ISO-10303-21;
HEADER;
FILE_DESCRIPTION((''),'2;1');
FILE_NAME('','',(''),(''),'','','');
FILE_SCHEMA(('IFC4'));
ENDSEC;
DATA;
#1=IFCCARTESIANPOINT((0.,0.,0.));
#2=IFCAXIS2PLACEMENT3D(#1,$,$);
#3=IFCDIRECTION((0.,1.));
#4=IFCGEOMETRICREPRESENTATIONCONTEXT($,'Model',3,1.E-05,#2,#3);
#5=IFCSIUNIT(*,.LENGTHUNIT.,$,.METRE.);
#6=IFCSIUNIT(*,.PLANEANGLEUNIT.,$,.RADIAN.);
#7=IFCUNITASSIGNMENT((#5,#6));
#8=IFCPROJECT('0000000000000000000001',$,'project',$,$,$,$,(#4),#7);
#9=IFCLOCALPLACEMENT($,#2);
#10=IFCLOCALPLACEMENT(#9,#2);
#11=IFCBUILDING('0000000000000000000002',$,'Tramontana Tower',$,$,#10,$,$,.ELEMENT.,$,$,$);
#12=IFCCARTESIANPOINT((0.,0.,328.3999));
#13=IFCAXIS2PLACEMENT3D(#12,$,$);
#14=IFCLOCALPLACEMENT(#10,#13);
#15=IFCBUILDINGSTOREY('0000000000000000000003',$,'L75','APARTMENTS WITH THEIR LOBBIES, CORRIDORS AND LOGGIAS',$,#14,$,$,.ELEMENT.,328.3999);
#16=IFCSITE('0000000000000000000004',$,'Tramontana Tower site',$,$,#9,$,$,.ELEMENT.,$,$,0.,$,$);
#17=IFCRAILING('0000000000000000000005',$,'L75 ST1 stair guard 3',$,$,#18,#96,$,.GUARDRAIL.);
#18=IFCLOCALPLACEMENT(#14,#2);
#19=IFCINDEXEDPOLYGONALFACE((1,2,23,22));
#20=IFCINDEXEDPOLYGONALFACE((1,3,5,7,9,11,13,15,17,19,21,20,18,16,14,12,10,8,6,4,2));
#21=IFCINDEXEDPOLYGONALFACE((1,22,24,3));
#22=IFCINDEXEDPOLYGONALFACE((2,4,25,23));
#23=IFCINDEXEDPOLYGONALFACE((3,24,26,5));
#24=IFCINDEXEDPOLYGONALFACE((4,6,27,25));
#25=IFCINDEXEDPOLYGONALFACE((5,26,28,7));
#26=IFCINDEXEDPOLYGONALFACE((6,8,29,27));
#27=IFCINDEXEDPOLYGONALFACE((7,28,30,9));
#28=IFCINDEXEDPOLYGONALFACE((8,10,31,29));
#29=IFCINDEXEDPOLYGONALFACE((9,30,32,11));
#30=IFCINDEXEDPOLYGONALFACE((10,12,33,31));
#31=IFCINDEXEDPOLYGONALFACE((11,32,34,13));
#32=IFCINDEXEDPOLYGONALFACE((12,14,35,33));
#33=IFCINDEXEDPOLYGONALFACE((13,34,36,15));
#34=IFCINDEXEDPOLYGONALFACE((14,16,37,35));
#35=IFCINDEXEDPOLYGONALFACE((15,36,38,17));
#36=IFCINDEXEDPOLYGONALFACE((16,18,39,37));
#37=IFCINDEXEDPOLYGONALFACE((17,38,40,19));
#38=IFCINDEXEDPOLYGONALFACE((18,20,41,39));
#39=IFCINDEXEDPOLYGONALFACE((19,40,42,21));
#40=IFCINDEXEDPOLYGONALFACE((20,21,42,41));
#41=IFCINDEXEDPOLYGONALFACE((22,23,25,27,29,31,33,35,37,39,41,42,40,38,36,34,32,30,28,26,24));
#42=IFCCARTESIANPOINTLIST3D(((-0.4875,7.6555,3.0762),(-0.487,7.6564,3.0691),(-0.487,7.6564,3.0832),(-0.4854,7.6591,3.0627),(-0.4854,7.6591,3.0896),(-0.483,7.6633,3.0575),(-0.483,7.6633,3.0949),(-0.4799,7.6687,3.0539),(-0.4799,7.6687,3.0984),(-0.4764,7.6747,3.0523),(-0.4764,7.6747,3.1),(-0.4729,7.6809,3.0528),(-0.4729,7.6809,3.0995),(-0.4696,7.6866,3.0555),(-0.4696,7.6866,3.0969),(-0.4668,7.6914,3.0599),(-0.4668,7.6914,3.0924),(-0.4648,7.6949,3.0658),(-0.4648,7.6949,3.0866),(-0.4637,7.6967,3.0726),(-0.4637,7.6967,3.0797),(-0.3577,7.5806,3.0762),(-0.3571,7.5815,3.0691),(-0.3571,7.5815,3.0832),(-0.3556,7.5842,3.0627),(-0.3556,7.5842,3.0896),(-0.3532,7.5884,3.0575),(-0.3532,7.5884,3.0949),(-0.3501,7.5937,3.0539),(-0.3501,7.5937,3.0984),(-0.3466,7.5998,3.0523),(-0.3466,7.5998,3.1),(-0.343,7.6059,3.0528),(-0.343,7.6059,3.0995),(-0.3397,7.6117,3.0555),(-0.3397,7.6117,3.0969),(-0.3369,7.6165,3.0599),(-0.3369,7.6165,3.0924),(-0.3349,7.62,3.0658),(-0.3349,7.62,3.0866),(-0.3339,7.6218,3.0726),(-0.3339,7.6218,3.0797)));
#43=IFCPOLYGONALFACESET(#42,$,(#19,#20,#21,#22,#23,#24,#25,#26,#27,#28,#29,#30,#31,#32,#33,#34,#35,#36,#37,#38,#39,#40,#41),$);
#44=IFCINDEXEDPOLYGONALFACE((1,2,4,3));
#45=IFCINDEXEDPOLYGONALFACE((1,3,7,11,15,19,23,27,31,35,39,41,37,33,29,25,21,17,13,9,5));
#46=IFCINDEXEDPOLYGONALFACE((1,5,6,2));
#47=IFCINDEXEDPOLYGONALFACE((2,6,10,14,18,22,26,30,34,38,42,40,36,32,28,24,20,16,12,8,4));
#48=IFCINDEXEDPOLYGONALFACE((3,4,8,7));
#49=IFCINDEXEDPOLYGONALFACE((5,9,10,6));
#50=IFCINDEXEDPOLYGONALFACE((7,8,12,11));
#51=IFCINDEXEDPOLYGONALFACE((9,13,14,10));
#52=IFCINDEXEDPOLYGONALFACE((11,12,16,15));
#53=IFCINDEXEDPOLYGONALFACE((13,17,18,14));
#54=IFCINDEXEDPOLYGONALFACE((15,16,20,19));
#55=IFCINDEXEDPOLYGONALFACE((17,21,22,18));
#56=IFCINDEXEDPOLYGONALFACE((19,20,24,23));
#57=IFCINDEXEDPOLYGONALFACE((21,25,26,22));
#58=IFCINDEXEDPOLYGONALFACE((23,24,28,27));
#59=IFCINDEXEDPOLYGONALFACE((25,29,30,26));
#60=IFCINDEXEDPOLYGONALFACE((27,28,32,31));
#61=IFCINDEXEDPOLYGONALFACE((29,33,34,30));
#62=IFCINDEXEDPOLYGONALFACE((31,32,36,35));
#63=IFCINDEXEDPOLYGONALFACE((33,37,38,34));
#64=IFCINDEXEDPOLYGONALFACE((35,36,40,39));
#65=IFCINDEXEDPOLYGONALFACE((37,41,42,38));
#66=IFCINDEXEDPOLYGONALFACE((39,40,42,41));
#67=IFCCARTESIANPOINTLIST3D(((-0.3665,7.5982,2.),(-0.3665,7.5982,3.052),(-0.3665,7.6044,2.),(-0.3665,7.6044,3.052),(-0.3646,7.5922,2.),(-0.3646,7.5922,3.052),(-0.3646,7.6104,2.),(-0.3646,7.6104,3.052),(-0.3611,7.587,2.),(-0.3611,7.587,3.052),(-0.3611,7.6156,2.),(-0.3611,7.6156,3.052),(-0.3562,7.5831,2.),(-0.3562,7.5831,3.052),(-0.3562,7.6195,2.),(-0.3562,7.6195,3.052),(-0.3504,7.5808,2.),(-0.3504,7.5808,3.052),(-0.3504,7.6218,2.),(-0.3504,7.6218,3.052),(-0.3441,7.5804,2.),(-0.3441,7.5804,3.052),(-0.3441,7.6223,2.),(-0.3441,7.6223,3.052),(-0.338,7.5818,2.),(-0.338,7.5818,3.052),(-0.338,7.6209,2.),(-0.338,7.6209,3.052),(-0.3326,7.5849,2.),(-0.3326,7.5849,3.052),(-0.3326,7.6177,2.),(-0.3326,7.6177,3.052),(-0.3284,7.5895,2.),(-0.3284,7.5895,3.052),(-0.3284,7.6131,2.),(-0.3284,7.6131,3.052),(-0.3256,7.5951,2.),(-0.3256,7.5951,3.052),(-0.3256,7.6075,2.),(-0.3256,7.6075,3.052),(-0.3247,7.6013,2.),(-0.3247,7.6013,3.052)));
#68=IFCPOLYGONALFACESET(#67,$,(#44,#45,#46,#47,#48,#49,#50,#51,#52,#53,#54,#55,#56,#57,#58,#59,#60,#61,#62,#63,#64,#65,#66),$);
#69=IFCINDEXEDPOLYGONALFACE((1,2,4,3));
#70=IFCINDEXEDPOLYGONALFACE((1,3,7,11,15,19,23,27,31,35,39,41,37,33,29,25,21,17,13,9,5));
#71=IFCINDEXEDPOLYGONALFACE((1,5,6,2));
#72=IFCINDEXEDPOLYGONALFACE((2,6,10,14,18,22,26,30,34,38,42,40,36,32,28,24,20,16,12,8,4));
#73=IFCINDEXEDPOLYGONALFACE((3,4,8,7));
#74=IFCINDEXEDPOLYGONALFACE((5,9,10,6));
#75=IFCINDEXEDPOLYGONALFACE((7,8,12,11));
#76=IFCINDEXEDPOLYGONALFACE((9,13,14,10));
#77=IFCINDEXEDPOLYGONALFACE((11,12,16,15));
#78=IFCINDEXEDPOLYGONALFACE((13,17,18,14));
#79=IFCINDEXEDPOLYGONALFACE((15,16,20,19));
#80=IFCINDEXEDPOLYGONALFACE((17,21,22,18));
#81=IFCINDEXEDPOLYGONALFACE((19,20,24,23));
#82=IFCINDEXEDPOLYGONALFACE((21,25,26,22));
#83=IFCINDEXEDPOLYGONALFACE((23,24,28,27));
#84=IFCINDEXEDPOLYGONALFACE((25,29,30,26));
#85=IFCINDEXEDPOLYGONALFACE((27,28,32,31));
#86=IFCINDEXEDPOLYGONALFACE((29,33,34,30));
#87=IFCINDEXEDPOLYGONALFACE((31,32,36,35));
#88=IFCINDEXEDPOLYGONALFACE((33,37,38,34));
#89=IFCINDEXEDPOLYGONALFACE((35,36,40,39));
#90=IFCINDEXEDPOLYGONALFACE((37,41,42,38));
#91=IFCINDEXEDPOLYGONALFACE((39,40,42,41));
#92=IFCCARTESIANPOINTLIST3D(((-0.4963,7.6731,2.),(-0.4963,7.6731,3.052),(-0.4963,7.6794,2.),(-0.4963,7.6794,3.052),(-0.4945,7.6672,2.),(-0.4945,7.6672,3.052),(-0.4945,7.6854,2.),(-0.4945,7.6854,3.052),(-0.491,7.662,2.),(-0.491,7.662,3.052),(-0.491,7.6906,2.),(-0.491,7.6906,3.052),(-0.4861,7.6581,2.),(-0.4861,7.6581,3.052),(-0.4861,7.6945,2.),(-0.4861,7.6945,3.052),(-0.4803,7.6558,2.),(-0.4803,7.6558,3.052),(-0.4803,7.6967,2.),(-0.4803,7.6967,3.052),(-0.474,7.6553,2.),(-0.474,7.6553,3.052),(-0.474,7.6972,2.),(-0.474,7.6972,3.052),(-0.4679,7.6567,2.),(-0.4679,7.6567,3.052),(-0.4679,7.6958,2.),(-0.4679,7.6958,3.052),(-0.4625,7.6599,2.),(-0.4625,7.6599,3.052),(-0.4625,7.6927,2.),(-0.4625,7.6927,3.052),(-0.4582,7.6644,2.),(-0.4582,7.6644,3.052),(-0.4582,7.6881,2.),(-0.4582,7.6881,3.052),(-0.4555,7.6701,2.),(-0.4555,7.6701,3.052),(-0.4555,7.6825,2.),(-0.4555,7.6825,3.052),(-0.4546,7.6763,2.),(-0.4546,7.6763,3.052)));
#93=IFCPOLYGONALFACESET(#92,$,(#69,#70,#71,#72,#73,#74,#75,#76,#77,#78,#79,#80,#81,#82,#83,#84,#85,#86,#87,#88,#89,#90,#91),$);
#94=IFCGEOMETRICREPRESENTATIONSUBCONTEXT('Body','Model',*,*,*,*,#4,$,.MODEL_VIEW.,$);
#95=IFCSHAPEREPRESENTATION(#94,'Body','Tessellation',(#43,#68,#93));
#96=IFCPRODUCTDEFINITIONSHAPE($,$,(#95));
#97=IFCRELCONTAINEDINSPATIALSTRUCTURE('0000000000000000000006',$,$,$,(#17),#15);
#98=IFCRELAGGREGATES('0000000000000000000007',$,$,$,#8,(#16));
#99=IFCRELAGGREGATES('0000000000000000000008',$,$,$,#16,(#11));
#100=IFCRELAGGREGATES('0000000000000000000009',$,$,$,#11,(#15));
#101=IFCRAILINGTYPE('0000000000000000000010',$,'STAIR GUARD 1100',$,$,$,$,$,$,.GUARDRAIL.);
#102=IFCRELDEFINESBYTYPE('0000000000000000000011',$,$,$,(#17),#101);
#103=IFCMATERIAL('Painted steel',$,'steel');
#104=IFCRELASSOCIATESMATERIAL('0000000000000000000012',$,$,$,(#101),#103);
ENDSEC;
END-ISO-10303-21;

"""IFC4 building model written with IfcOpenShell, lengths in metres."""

from ifc_helpers import new_model, si_unit, direction, frame, origin, origin_2d, place, context, subcontext, project, spatial, circle, extrude, material, type_object, element, save


model = new_model("IFC4")

# Units and contexts
model_context = context("Model", 3, precision=1e-05, world=origin(), true_north=direction((0.0, 1.0)))
body_context = subcontext(model_context, "Body", "Model", "MODEL_VIEW")
ifc_project = project(units=[si_unit("LENGTHUNIT", "METRE"), si_unit("PLANEANGLEUNIT", "RADIAN")], contexts=[model_context])

# Site, building, storey
site_placement = place(None, origin())
site = spatial("IfcSite", under=ifc_project, at=site_placement, Name="Tramontana Tower site", CompositionType="ELEMENT", RefElevation=0.0)
building_placement = place(site_placement, origin())
building = spatial("IfcBuilding", under=site, at=building_placement, Name="Tramontana Tower", CompositionType="ELEMENT")
storey_placement = place(building_placement, frame((0.0, 0.0, 328.3999)))
storey = spatial("IfcBuildingStorey", under=building, at=storey_placement, Name="L75", Description="APARTMENTS WITH THEIR LOBBIES, CORRIDORS AND LOGGIAS", CompositionType="ELEMENT", Elevation=328.3999)

# Railing
ifc_material_1 = material(Name="Painted steel", Category="steel")
railing_type_1 = type_object("IfcRailingType", Name="STAIR GUARD 1100", PredefinedType="GUARDRAIL", material=ifc_material_1)
railing_1_placement = place(storey_placement, frame((-0.3457, 7.6013, 2.0)))
element("IfcRailing", 1, at=railing_1_placement, inside=storey, type_object=railing_type_1, Name="L75 ST1 stair guard 3", PredefinedType="GUARDRAIL", context=body_context, shape_type="SweptSolid", body=[
    extrude(circle(Radius=0.0239, at=origin_2d()), frame((0.0, 0.0, 1.0762), z_axis=(-0.866131, 0.499816, 0.0), x_axis=(-0.499816, -0.866131, 0.0)), (0.0, 0.0, 1.0), 0.1499),
    extrude(circle(Radius=0.021, at=origin_2d()), origin(), (0.0, 0.0, 1.0), 1.052),
    extrude(circle(Radius=0.021, at=origin_2d()), frame((-0.1299, 0.075, 0.0)), (0.0, 0.0, 1.0), 1.052),
])

save(model, "model.ifc")
